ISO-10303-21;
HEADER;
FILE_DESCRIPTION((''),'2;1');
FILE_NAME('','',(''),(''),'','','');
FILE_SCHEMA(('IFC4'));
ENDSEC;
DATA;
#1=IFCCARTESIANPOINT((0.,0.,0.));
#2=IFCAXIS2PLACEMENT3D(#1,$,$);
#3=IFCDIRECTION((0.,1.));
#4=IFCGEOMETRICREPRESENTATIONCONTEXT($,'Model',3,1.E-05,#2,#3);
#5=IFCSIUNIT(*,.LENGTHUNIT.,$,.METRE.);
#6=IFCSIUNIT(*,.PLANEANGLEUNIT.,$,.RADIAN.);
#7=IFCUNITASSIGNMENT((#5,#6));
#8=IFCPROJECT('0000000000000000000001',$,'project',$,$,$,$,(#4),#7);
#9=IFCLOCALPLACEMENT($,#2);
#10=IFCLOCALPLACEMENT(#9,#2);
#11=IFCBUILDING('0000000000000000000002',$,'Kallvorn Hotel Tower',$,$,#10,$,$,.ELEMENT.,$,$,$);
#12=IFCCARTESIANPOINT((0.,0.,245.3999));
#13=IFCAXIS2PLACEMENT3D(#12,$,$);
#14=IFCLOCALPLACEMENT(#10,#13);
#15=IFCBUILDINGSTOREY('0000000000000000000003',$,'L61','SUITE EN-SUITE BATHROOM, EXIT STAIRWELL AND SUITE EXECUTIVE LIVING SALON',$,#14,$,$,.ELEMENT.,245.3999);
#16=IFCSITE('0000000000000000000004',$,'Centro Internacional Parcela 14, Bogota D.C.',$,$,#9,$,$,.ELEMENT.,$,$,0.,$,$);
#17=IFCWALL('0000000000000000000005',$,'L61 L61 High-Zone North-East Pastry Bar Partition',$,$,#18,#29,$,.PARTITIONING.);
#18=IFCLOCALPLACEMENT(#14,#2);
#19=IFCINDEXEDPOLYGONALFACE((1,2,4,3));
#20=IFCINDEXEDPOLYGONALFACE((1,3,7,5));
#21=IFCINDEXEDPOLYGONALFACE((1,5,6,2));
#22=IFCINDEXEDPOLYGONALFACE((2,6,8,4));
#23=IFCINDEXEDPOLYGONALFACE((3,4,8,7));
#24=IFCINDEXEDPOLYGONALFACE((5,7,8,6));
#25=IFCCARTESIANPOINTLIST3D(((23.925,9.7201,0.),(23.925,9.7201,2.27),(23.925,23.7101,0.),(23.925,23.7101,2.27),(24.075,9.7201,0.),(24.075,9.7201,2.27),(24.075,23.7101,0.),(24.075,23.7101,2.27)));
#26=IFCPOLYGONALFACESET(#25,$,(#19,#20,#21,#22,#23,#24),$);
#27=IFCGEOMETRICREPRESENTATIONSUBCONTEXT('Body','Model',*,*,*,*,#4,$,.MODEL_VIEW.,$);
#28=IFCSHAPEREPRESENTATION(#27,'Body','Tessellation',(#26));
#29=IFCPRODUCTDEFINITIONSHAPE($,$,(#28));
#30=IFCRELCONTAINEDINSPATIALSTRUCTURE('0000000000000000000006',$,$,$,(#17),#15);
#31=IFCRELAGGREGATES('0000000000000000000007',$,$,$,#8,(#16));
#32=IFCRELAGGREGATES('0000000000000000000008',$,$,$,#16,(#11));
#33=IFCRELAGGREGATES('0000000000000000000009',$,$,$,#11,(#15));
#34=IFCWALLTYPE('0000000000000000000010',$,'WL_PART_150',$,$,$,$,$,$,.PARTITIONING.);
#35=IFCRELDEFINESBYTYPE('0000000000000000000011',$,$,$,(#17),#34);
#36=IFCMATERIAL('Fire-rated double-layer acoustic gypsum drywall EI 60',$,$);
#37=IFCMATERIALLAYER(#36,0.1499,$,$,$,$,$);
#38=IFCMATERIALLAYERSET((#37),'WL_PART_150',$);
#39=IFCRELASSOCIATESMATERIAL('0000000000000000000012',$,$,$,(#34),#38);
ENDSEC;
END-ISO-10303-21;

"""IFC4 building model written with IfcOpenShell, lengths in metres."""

from ifc_helpers import new_model, si_unit, direction, frame, frame_2d, origin, place, context, subcontext, project, spatial, rectangle, extrude, material, layer, layer_set, type_object, element, save


model = new_model("IFC4")

# Units and contexts
model_context = context("Model", 3, precision=1e-05, world=origin(), true_north=direction((0.0, 1.0)))
body_context = subcontext(model_context, "Body", "Model", "MODEL_VIEW")
ifc_project = project(units=[si_unit("LENGTHUNIT", "METRE"), si_unit("PLANEANGLEUNIT", "RADIAN")], contexts=[model_context])

# Site, building, storey
site_placement = place(None, origin())
site = spatial("IfcSite", under=ifc_project, at=site_placement, Name="Centro Internacional Parcela 14, Bogota D.C.", CompositionType="ELEMENT", RefElevation=0.0)
building_placement = place(site_placement, origin())
building = spatial("IfcBuilding", under=site, at=building_placement, Name="Kallvorn Hotel Tower", CompositionType="ELEMENT")
storey_placement = place(building_placement, frame((0.0, 0.0, 245.3999)))
storey = spatial("IfcBuildingStorey", under=building, at=storey_placement, Name="L61", Description="SUITE EN-SUITE BATHROOM, EXIT STAIRWELL AND SUITE EXECUTIVE LIVING SALON", CompositionType="ELEMENT", Elevation=245.3999)

# Wall
ifc_material_1 = material(Name="Fire-rated double-layer acoustic gypsum drywall EI 60")
ifc_layer_1 = layer(ifc_material_1, 0.1499)
ifc_layer_set_1 = layer_set([ifc_layer_1], Name="WL_PART_150")
wall_type = type_object("IfcWallType", Name="WL_PART_150", PredefinedType="PARTITIONING", material=ifc_layer_set_1)
for number, where, z_axis, x_axis, name in (
    (1, (24.0, 9.72, 0.0), (0.0, 0.0, 1.0), (0.0, 1.0, 0.0), "L61 L61 High-Zone North-East Pastry Bar Partition"),
):
    element("IfcWall", number, at=place(storey_placement, frame(where, z_axis=z_axis, x_axis=x_axis)), inside=storey, type_object=wall_type, Name=name, PredefinedType="PARTITIONING", context=body_context, shape_type="SweptSolid", body=[
        extrude(rectangle(XDim=13.99, YDim=0.1499, at=frame_2d((6.9951, 0.0))), origin(), (0.0, 0.0, 1.0), 2.27),
    ])

save(model, "model.ifc")
